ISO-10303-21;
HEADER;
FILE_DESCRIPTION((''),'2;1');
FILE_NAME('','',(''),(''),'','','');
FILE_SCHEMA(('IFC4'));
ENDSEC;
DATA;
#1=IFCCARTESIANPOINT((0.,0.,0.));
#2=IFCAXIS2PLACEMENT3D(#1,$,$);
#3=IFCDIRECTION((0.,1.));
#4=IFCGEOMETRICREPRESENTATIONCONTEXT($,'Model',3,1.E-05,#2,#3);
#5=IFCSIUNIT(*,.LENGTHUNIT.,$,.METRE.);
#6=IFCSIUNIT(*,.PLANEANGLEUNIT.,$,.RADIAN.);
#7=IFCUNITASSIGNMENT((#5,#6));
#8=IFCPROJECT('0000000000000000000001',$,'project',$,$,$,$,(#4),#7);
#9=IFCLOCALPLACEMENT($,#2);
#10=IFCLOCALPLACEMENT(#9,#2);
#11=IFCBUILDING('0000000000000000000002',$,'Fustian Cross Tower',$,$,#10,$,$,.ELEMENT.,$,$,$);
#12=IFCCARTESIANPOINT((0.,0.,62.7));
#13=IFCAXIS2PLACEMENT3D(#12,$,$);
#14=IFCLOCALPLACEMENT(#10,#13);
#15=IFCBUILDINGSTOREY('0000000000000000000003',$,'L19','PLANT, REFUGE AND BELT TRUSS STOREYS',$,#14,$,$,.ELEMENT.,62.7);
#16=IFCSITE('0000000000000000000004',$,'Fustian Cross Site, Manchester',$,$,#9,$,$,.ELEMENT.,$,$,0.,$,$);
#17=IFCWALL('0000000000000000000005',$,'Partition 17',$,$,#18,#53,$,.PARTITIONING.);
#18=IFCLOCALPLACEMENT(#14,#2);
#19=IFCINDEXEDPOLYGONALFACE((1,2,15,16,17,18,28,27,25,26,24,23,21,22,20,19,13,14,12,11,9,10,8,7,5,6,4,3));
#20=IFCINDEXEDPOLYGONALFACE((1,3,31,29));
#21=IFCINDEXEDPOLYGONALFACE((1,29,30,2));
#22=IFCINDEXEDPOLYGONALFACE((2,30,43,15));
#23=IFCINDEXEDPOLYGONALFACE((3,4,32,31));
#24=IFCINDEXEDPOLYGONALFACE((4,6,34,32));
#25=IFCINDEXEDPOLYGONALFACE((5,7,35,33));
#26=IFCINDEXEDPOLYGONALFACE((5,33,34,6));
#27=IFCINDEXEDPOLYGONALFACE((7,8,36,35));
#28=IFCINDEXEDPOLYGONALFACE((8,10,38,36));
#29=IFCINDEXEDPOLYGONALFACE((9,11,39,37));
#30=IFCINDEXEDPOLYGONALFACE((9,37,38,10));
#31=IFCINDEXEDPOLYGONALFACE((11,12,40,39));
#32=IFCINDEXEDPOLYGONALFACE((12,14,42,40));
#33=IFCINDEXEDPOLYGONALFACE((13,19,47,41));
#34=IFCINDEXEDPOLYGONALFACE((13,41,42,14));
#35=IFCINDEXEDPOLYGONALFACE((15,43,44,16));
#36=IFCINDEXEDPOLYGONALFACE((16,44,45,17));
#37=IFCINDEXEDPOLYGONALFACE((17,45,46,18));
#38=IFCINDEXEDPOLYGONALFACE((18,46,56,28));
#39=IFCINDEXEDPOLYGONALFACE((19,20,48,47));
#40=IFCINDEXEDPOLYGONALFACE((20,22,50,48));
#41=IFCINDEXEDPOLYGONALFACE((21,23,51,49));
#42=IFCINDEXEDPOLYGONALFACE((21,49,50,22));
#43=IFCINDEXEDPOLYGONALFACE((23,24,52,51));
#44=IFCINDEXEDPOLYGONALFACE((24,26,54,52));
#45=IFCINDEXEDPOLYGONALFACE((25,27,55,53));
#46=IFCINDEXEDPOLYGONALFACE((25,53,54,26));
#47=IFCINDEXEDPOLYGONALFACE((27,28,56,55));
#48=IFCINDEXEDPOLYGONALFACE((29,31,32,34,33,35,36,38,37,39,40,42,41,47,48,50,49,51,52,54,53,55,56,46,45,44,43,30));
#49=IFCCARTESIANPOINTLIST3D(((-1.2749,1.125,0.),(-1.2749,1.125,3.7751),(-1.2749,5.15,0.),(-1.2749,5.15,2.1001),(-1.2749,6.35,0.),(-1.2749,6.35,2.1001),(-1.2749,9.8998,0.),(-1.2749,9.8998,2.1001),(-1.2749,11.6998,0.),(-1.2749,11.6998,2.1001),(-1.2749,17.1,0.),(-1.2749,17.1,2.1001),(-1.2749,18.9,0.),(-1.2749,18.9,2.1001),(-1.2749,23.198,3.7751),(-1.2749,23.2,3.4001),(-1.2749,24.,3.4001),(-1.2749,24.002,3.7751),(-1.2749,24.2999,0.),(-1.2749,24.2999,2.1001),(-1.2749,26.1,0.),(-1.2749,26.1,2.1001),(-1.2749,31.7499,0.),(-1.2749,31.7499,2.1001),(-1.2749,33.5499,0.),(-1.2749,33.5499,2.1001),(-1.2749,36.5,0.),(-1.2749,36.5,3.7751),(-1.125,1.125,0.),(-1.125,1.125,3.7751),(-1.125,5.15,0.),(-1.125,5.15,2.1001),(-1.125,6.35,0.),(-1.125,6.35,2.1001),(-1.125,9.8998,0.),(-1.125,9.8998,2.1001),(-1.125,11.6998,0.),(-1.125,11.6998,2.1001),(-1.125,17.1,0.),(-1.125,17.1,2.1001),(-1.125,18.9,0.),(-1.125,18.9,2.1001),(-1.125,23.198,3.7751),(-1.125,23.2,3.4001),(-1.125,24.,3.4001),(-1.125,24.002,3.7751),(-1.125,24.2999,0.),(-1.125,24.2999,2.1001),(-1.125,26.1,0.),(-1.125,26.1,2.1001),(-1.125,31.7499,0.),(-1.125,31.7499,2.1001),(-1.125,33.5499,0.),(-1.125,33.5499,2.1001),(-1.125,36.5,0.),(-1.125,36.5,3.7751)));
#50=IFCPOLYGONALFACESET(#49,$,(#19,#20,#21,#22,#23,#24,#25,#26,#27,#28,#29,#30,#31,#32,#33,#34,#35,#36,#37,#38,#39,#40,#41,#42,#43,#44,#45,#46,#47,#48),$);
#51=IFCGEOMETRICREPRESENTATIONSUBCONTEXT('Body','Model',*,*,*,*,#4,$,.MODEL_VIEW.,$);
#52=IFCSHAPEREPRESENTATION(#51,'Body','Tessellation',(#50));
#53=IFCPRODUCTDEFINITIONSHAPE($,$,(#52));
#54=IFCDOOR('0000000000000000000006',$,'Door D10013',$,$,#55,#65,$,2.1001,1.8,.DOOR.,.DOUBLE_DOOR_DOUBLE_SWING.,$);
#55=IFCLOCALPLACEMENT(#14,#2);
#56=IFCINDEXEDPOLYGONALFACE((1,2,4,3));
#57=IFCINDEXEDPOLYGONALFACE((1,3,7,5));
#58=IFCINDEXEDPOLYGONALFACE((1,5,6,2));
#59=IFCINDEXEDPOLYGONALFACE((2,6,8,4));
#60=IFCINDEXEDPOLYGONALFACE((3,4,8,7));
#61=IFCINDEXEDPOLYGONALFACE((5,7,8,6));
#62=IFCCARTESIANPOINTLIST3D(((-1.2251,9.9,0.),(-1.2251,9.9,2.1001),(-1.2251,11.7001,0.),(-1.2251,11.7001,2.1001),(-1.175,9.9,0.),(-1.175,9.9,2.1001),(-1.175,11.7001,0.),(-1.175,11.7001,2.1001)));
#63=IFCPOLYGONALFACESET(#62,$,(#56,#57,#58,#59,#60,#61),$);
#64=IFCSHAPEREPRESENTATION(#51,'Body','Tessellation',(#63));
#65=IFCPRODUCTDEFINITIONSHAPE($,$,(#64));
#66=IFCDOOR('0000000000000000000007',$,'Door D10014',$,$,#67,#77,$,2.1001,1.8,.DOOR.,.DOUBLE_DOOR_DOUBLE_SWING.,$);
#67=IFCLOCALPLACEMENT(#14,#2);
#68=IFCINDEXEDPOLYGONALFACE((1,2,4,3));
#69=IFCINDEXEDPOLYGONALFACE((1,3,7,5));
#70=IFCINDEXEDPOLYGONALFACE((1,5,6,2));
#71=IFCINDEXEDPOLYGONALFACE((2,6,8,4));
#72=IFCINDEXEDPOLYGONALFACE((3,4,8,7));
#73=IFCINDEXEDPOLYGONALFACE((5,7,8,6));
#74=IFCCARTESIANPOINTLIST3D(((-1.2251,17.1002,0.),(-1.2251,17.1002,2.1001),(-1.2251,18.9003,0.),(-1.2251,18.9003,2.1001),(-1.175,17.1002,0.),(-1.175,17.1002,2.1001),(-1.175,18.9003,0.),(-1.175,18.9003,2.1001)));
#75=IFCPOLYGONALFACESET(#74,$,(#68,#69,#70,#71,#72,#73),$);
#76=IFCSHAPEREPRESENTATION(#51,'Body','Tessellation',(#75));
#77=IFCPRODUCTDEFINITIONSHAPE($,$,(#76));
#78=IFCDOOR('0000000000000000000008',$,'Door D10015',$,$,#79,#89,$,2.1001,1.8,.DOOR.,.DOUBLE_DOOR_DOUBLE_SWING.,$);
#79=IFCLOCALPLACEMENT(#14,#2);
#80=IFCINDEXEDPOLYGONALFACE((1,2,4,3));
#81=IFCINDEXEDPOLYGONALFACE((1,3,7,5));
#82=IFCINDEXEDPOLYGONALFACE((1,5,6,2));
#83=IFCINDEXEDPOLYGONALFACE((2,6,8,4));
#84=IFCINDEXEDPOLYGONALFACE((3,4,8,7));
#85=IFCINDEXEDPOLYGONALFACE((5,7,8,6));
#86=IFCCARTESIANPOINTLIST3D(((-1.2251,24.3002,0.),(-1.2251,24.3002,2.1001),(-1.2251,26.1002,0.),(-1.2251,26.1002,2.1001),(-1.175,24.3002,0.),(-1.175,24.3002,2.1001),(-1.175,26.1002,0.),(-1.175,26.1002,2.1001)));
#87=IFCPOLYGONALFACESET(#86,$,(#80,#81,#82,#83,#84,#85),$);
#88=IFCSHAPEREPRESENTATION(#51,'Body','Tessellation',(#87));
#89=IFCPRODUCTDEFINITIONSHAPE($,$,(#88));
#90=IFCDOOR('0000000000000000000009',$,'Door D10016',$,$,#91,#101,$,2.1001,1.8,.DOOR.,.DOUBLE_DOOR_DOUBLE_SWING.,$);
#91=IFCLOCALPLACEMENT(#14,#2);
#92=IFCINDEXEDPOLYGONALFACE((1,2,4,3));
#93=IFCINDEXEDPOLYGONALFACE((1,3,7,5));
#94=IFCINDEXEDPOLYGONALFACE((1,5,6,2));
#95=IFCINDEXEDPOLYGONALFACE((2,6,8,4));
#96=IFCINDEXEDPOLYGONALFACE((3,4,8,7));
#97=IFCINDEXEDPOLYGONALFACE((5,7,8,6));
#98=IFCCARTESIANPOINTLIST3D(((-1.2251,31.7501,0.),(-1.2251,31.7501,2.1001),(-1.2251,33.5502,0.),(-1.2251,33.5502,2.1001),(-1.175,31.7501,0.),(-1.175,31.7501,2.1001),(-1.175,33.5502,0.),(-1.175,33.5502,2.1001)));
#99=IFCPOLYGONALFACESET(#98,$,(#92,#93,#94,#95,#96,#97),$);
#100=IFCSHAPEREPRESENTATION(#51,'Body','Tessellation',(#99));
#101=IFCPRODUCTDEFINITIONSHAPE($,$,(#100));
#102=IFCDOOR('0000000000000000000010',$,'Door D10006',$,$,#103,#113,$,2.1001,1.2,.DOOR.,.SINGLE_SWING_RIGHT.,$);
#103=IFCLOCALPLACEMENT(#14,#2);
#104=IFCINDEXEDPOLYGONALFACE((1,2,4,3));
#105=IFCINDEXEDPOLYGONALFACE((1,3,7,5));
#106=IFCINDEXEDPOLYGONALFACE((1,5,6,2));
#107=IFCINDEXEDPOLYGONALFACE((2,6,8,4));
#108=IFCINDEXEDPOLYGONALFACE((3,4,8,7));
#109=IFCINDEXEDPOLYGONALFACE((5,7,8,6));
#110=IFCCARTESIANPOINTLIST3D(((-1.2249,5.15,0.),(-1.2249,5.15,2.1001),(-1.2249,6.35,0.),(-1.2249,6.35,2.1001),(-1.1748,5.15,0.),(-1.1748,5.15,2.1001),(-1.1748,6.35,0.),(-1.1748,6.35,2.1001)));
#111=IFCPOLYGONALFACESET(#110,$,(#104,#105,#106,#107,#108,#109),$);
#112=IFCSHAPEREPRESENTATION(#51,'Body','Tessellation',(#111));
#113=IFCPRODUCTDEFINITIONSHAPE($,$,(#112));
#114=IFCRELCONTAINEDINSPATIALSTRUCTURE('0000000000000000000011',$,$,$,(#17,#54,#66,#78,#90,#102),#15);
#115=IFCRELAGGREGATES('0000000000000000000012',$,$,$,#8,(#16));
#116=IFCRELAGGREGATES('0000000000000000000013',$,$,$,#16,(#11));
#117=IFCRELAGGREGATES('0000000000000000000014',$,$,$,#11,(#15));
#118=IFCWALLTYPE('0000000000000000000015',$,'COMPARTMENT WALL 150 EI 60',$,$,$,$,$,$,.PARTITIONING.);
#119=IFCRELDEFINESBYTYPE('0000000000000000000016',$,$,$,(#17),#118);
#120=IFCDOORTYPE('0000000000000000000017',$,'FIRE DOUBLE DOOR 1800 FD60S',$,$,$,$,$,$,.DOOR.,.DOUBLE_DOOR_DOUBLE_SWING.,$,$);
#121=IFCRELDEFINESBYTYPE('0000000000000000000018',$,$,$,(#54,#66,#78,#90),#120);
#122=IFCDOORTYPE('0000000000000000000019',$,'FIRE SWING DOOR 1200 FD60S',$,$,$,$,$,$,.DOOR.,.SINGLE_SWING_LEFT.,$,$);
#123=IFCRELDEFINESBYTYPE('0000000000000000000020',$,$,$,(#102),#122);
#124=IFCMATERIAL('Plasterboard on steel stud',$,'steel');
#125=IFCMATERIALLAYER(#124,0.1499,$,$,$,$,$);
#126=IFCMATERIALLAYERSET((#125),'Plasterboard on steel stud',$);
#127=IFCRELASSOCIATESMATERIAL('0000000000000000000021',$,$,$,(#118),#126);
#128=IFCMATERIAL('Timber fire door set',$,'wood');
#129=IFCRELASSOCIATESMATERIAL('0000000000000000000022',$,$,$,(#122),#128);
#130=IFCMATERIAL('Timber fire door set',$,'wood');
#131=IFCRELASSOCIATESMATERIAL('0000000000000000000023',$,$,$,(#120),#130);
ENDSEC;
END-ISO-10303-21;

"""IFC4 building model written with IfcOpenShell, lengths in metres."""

from ifc_helpers import new_model, si_unit, direction, frame, frame_2d, origin, place, context, subcontext, project, spatial, polyline, rectangle, outline, extrude, material, layer, layer_set, type_object, element, fill, save


model = new_model("IFC4")

# Units and contexts
model_context = context("Model", 3, precision=1e-05, world=origin(), true_north=direction((0.0, 1.0)))
body_context = subcontext(model_context, "Body", "Model", "MODEL_VIEW")
ifc_project = project(units=[si_unit("LENGTHUNIT", "METRE"), si_unit("PLANEANGLEUNIT", "RADIAN")], contexts=[model_context])

# Site, building, storey
site_placement = place(None, origin())
site = spatial("IfcSite", under=ifc_project, at=site_placement, Name="Fustian Cross Site, Manchester", CompositionType="ELEMENT", RefElevation=0.0)
building_placement = place(site_placement, origin())
building = spatial("IfcBuilding", under=site, at=building_placement, Name="Fustian Cross Tower", CompositionType="ELEMENT")
storey_placement = place(building_placement, frame((0.0, 0.0, 62.7)))
storey = spatial("IfcBuildingStorey", under=building, at=storey_placement, Name="L19", Description="PLANT, REFUGE AND BELT TRUSS STOREYS", CompositionType="ELEMENT", Elevation=62.7)

# Shared definitions
ifc_material_1 = material(Name="Plasterboard on steel stud", Category="steel")
ifc_layer_1 = layer(ifc_material_1, 0.1499)
ifc_layer_set_1 = layer_set([ifc_layer_1], Name="Plasterboard on steel stud")
wall_type_1 = type_object("IfcWallType", Name="COMPARTMENT WALL 150 EI 60", PredefinedType="PARTITIONING", material=ifc_layer_set_1)

# Wall, openings, doors
ifc_material_2 = material(Name="Timber fire door set", Category="wood")
door_type_1 = type_object("IfcDoorType", Name="FIRE SWING DOOR 1200 FD60S", OperationType="SINGLE_SWING_LEFT", PredefinedType="DOOR", material=ifc_material_2)
wall_1_placement = place(storey_placement, frame((-1.2, 1.125, 0.0), z_axis=(0.0, 0.0, 1.0), x_axis=(0.0, 1.0, 0.0)))
wall_1 = element("IfcWall", 1, at=wall_1_placement, inside=storey, type_object=wall_type_1, Name="Partition 17", PredefinedType="PARTITIONING", context=body_context, shape_type="SweptSolid", body=[
    extrude(outline(polyline([(0.0, 0.0), (35.375, 0.0), (35.375, 3.7751), (22.877, 3.7751), (22.875, 3.4001), (22.075, 3.4001), (22.073, 3.7751), (0.0, 3.7751), (0.0, 0.0)])), frame((0.0, 0.075, 0.0), z_axis=(0.0, -1.0, 0.0), x_axis=(1.0, 0.0, 0.0)), (0.0, 0.0, 1.0), 0.1499),
])
opening_1_placement = place(wall_1_placement, frame((4.0249, 0.0, 0.0)))
opening_1 = element("IfcOpeningElement", 2, at=opening_1_placement, cuts=wall_1, PredefinedType="OPENING", context=body_context, shape_type="SweptSolid", body=[
    extrude(rectangle(XDim=1.2, YDim=2.1001, at=frame_2d((0.6001, 1.05))), frame((0.0, 0.085, 0.0), z_axis=(0.0, -1.0, 0.0), x_axis=(1.0, 0.0, 0.0)), (0.0, 0.0, 1.0), 0.1699),
])
opening_2_placement = place(wall_1_placement, frame((8.7749, 0.0, 0.0)))
opening_2 = element("IfcOpeningElement", 3, at=opening_2_placement, cuts=wall_1, PredefinedType="OPENING", context=body_context, shape_type="SweptSolid", body=[
    extrude(rectangle(XDim=1.8, YDim=2.1001, at=frame_2d((0.8999, 1.05))), frame((0.0, 0.085, 0.0), z_axis=(0.0, -1.0, 0.0), x_axis=(1.0, 0.0, 0.0)), (0.0, 0.0, 1.0), 0.1699),
])
opening_3_placement = place(wall_1_placement, frame((15.9751, 0.0, 0.0)))
opening_3 = element("IfcOpeningElement", 4, at=opening_3_placement, cuts=wall_1, PredefinedType="OPENING", context=body_context, shape_type="SweptSolid", body=[
    extrude(rectangle(XDim=1.8, YDim=2.1001, at=frame_2d((0.8999, 1.05))), frame((0.0, 0.085, 0.0), z_axis=(0.0, -1.0, 0.0), x_axis=(1.0, 0.0, 0.0)), (0.0, 0.0, 1.0), 0.1699),
])
opening_4_placement = place(wall_1_placement, frame((23.175, 0.0, 0.0)))
opening_4 = element("IfcOpeningElement", 5, at=opening_4_placement, cuts=wall_1, PredefinedType="OPENING", context=body_context, shape_type="SweptSolid", body=[
    extrude(rectangle(XDim=1.8, YDim=2.1001, at=frame_2d((0.8999, 1.05))), frame((0.0, 0.085, 0.0), z_axis=(0.0, -1.0, 0.0), x_axis=(1.0, 0.0, 0.0)), (0.0, 0.0, 1.0), 0.1699),
])
opening_5_placement = place(wall_1_placement, frame((30.625, 0.0, 0.0)))
opening_5 = element("IfcOpeningElement", 6, at=opening_5_placement, cuts=wall_1, PredefinedType="OPENING", context=body_context, shape_type="SweptSolid", body=[
    extrude(rectangle(XDim=1.8, YDim=2.1001, at=frame_2d((0.8999, 1.05))), frame((0.0, 0.085, 0.0), z_axis=(0.0, -1.0, 0.0), x_axis=(1.0, 0.0, 0.0)), (0.0, 0.0, 1.0), 0.1699),
])
ifc_material_3 = material(Name="Timber fire door set", Category="wood")
door_type_2 = type_object("IfcDoorType", Name="FIRE DOUBLE DOOR 1800 FD60S", OperationType="DOUBLE_DOOR_DOUBLE_SWING", PredefinedType="DOOR", material=ifc_material_3)
door_1_placement = place(opening_2_placement, frame((1.8, 0.0, 0.0), z_axis=(0.0, 0.0, 1.0), x_axis=(-1.0, 0.0, 0.0)))
door_1 = element("IfcDoor", 7, at=door_1_placement, inside=storey, type_object=door_type_2, Name="Door D10013", OperationType="DOUBLE_DOOR_DOUBLE_SWING", OverallHeight=2.1001, OverallWidth=1.8, PredefinedType="DOOR", context=body_context, shape_type="SweptSolid", body=[
    extrude(rectangle(XDim=1.8, YDim=2.1001, at=frame_2d((0.8999, 1.05))), frame((0.0, 0.0249, 0.0), z_axis=(0.0, -1.0, 0.0), x_axis=(1.0, 0.0, 0.0)), (0.0, 0.0, 1.0), 0.05),
])
fill(opening_2, door_1)
door_2_placement = place(opening_3_placement, frame((1.8, 0.0, 0.0), z_axis=(0.0, 0.0, 1.0), x_axis=(-1.0, 0.0, 0.0)))
door_2 = element("IfcDoor", 8, at=door_2_placement, inside=storey, type_object=door_type_2, Name="Door D10014", OperationType="DOUBLE_DOOR_DOUBLE_SWING", OverallHeight=2.1001, OverallWidth=1.8, PredefinedType="DOOR", context=body_context, shape_type="SweptSolid", body=[
    extrude(rectangle(XDim=1.8, YDim=2.1001, at=frame_2d((0.8999, 1.05))), frame((0.0, 0.0249, 0.0), z_axis=(0.0, -1.0, 0.0), x_axis=(1.0, 0.0, 0.0)), (0.0, 0.0, 1.0), 0.05),
])
fill(opening_3, door_2)
door_3_placement = place(opening_4_placement, frame((1.8, 0.0, 0.0), z_axis=(0.0, 0.0, 1.0), x_axis=(-1.0, 0.0, 0.0)))
door_3 = element("IfcDoor", 9, at=door_3_placement, inside=storey, type_object=door_type_2, Name="Door D10015", OperationType="DOUBLE_DOOR_DOUBLE_SWING", OverallHeight=2.1001, OverallWidth=1.8, PredefinedType="DOOR", context=body_context, shape_type="SweptSolid", body=[
    extrude(rectangle(XDim=1.8, YDim=2.1001, at=frame_2d((0.8999, 1.05))), frame((0.0, 0.0249, 0.0), z_axis=(0.0, -1.0, 0.0), x_axis=(1.0, 0.0, 0.0)), (0.0, 0.0, 1.0), 0.05),
])
fill(opening_4, door_3)
door_4_placement = place(opening_5_placement, frame((1.8, 0.0, 0.0), z_axis=(0.0, 0.0, 1.0), x_axis=(-1.0, 0.0, 0.0)))
door_4 = element("IfcDoor", 10, at=door_4_placement, inside=storey, type_object=door_type_2, Name="Door D10016", OperationType="DOUBLE_DOOR_DOUBLE_SWING", OverallHeight=2.1001, OverallWidth=1.8, PredefinedType="DOOR", context=body_context, shape_type="SweptSolid", body=[
    extrude(rectangle(XDim=1.8, YDim=2.1001, at=frame_2d((0.8999, 1.05))), frame((0.0, 0.0249, 0.0), z_axis=(0.0, -1.0, 0.0), x_axis=(1.0, 0.0, 0.0)), (0.0, 0.0, 1.0), 0.05),
])
fill(opening_5, door_4)
door_5_placement = place(opening_1_placement, origin())
door_5 = element("IfcDoor", 11, at=door_5_placement, inside=storey, type_object=door_type_1, Name="Door D10006", OperationType="SINGLE_SWING_RIGHT", OverallHeight=2.1001, OverallWidth=1.2, PredefinedType="DOOR", context=body_context, shape_type="SweptSolid", body=[
    extrude(rectangle(XDim=1.2, YDim=2.1001, at=frame_2d((0.6001, 1.05))), frame((0.0, 0.0249, 0.0), z_axis=(0.0, -1.0, 0.0), x_axis=(1.0, 0.0, 0.0)), (0.0, 0.0, 1.0), 0.05),
])
fill(opening_1, door_5)

save(model, "model.ifc")
